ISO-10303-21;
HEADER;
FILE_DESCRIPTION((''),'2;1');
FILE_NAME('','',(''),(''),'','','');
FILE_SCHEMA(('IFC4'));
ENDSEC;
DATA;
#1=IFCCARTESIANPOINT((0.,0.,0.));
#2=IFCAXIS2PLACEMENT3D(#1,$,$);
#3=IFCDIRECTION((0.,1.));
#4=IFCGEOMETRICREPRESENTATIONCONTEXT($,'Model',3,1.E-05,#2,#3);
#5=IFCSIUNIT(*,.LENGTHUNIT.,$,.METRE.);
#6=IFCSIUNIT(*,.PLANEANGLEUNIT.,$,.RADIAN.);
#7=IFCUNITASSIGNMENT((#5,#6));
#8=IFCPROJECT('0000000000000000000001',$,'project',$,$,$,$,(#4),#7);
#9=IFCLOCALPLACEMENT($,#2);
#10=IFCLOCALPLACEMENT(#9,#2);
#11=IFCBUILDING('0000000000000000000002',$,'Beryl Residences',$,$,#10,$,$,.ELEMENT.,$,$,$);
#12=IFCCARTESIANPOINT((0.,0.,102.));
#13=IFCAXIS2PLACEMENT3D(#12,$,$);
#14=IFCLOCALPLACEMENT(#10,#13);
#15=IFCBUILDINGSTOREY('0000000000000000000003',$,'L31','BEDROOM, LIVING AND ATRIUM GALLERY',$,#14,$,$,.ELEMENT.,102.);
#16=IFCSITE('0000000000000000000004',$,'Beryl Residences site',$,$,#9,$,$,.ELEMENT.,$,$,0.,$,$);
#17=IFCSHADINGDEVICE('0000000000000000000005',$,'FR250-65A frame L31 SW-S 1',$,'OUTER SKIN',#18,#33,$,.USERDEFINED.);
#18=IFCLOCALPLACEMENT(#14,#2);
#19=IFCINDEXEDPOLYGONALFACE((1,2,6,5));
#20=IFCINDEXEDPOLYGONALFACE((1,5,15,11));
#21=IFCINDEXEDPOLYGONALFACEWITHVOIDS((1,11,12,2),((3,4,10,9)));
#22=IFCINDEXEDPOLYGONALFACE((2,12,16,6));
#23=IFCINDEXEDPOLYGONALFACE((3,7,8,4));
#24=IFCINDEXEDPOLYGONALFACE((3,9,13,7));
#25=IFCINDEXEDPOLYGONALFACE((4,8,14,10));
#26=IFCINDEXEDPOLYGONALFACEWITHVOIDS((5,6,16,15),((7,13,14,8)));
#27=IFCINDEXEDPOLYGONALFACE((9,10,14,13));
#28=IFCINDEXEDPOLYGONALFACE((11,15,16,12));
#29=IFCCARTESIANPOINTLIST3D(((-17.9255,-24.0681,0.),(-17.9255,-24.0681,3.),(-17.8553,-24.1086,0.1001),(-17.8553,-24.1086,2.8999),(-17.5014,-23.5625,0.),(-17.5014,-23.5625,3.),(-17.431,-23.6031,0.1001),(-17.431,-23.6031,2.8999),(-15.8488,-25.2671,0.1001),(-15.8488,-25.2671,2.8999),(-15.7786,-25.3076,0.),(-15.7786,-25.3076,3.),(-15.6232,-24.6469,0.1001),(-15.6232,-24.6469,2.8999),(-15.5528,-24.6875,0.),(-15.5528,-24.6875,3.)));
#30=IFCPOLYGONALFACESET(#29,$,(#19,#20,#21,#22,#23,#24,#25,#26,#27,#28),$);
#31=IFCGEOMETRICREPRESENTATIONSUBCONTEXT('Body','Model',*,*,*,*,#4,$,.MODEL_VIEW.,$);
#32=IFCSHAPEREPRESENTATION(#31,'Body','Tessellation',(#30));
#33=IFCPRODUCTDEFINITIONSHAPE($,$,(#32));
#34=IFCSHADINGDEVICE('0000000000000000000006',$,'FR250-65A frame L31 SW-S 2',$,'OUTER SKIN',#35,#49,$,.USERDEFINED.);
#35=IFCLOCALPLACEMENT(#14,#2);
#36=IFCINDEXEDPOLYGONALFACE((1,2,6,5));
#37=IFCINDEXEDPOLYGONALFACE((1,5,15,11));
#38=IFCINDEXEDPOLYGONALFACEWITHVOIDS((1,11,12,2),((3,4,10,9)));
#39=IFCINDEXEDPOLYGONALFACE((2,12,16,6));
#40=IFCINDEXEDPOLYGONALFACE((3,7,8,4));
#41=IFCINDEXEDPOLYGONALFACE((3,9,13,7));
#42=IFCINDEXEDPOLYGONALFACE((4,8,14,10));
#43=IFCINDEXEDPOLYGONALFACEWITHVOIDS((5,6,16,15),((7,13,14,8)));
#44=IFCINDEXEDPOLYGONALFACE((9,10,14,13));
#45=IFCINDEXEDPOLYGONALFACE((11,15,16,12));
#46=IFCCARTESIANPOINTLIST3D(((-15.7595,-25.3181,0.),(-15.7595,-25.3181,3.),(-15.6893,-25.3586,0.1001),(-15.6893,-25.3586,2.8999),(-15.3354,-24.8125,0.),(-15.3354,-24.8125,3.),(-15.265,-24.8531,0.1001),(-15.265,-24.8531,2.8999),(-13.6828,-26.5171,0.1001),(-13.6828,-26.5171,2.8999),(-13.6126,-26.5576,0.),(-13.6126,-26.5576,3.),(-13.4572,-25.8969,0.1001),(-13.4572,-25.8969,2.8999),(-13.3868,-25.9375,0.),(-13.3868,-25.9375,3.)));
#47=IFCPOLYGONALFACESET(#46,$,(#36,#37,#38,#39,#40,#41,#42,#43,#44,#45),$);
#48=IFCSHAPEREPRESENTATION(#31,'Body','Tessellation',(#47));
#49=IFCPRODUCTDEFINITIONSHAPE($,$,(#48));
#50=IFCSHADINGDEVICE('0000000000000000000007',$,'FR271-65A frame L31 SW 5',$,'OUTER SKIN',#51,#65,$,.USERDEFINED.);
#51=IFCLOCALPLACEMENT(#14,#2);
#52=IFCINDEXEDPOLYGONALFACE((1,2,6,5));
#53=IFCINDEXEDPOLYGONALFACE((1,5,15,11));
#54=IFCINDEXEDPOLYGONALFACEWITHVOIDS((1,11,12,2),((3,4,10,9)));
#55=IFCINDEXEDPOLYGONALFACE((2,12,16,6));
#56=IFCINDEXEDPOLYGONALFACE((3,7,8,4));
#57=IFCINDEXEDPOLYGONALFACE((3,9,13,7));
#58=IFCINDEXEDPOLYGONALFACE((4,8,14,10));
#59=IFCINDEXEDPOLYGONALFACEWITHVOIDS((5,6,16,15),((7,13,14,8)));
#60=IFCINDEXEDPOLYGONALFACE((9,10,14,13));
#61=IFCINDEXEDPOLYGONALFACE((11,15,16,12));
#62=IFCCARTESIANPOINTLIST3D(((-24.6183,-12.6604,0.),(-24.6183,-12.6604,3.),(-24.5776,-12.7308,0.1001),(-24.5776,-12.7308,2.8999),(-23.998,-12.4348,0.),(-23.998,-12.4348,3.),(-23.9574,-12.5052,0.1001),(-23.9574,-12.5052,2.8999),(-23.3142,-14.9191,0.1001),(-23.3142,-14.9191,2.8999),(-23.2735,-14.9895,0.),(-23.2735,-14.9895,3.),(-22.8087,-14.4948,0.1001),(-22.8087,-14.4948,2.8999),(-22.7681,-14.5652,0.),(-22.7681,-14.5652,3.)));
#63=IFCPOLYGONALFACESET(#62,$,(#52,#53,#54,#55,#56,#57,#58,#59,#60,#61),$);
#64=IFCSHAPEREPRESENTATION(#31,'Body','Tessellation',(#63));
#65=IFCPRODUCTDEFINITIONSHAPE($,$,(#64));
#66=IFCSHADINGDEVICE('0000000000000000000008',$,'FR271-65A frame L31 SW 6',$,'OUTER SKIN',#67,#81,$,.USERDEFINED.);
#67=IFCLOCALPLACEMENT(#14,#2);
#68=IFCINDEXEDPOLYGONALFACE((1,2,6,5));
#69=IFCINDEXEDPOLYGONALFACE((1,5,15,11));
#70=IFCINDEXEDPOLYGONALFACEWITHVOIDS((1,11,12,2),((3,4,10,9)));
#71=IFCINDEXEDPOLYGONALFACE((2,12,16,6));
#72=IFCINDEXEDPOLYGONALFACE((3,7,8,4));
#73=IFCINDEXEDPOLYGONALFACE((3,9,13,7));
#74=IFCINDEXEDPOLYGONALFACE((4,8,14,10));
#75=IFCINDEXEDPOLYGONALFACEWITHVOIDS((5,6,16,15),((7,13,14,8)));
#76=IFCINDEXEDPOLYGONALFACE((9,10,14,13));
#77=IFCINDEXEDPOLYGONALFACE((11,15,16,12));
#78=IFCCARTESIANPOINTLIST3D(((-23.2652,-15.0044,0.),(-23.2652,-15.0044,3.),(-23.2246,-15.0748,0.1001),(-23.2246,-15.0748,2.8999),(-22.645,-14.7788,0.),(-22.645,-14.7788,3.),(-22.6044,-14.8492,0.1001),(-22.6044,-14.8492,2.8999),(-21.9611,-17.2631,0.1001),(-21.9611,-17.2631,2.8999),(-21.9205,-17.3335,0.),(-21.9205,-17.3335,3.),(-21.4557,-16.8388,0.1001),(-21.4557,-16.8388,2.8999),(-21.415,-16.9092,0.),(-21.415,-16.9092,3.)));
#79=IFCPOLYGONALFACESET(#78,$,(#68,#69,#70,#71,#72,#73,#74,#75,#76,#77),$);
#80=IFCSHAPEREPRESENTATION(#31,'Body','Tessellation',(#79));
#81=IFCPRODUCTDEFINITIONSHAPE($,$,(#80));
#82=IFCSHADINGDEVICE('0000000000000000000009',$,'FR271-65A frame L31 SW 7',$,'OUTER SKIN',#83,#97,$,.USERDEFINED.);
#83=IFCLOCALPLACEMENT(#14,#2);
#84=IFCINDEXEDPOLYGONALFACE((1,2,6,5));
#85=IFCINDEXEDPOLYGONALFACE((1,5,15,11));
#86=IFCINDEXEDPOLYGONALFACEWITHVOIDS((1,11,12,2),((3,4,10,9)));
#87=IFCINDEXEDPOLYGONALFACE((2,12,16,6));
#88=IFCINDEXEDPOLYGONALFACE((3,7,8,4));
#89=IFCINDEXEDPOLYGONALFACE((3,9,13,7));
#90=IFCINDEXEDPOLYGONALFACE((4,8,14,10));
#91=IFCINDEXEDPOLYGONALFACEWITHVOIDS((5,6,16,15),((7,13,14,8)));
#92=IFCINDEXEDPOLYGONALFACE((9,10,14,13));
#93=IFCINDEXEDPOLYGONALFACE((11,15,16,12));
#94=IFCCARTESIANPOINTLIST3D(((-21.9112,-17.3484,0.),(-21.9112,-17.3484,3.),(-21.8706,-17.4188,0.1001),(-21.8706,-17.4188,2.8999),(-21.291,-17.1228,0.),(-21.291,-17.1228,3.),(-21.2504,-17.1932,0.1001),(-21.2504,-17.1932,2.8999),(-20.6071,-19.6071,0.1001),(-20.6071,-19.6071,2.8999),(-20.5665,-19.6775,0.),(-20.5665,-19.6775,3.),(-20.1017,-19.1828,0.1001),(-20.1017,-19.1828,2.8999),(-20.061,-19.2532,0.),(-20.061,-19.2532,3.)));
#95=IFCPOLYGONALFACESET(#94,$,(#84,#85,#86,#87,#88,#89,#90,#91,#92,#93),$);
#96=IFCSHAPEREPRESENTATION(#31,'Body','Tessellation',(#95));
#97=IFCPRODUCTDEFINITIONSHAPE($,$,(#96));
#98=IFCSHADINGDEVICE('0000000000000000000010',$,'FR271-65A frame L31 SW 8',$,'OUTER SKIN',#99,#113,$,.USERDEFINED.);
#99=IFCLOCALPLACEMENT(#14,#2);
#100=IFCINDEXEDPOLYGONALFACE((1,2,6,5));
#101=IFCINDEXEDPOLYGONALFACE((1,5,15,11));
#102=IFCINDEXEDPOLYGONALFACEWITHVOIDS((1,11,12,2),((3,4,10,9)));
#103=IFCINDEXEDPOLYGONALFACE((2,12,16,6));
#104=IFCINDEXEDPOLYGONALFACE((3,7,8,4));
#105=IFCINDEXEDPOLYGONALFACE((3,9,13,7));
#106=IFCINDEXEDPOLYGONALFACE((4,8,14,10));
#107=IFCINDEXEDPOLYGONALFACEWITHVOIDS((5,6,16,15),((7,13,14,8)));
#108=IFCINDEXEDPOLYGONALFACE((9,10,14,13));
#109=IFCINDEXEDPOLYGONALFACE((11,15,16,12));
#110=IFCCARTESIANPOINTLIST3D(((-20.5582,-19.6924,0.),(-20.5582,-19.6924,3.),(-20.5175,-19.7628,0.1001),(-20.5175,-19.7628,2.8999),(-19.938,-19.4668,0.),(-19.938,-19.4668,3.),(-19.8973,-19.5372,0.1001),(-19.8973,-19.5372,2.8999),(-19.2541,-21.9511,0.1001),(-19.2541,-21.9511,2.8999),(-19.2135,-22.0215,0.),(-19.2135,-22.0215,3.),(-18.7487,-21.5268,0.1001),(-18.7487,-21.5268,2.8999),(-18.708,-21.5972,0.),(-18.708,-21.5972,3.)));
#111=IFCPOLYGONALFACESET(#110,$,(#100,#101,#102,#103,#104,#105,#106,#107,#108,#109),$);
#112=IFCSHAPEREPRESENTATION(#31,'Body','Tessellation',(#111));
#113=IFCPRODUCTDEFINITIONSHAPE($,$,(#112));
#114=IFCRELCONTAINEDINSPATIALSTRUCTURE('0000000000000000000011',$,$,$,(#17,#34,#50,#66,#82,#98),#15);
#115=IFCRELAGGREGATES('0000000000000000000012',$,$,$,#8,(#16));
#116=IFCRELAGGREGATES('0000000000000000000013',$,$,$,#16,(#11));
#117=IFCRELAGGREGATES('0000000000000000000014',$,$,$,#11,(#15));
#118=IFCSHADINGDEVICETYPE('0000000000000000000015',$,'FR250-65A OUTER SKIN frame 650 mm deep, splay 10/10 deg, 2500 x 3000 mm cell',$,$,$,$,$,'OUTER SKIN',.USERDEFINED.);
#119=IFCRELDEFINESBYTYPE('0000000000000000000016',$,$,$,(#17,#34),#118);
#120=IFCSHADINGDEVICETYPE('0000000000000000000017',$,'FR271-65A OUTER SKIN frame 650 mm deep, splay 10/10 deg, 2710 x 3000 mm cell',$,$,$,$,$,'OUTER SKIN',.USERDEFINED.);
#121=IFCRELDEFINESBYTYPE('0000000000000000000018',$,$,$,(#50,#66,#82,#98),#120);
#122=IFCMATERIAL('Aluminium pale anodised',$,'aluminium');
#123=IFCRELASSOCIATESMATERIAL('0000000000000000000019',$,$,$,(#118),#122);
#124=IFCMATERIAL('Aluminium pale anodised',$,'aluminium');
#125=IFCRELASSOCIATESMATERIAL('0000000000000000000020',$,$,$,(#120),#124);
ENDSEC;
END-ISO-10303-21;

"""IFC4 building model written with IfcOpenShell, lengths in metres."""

from ifc_helpers import new_model, entity, si_unit, direction, frame, origin, place, context, subcontext, project, spatial, source, transform, mapped, material, type_object, type_shapes, element, save


model = new_model("IFC4")

# Units and contexts
model_context = context("Model", 3, precision=1e-05, world=origin(), true_north=direction((0.0, 1.0)))
body_context = subcontext(model_context, "Body", "Model", "MODEL_VIEW")
ifc_project = project(units=[si_unit("LENGTHUNIT", "METRE"), si_unit("PLANEANGLEUNIT", "RADIAN")], contexts=[model_context])

# Site, building, storey
site_placement = place(None, origin())
site = spatial("IfcSite", under=ifc_project, at=site_placement, Name="Beryl Residences site", CompositionType="ELEMENT", RefElevation=0.0)
building_placement = place(site_placement, origin())
building = spatial("IfcBuilding", under=site, at=building_placement, Name="Beryl Residences", CompositionType="ELEMENT")
storey_placement = place(building_placement, frame((0.0, 0.0, 102.0)))
storey = spatial("IfcBuildingStorey", under=building, at=storey_placement, Name="L31", Description="BEDROOM, LIVING AND ATRIUM GALLERY", CompositionType="ELEMENT", Elevation=102.0)

# Shading devices
ifc_material_1 = material(Name="Aluminium pale anodised", Category="aluminium")
shading_device_type_1 = type_object("IfcShadingDeviceType", Name="FR250-65A OUTER SKIN frame 650 mm deep, splay 10/10 deg, 2500 x 3000 mm cell", ElementType="OUTER SKIN", PredefinedType="USERDEFINED", material=ifc_material_1)
cartesian_point_1 = entity("IfcCartesianPoint", [-1.125, 0.0])
cartesian_point_2 = entity("IfcCartesianPoint", [-1.0437, 0.1001])
cartesian_point_3 = entity("IfcCartesianPoint", [-1.2395, 0.0])
cartesian_point_4 = entity("IfcCartesianPoint", [-1.1584, 0.1001])
shared_shape_1 = source(origin(), body_context, "Body", "SweptSolid", [
    entity("IfcExtrudedAreaSolidTapered", entity("IfcArbitraryProfileDefWithVoids", "AREA", None, entity("IfcPolyline", [cartesian_point_1, entity("IfcCartesianPoint", [1.125, 0.0]), entity("IfcCartesianPoint", [1.125, 3.0]), entity("IfcCartesianPoint", [-1.125, 3.0]), cartesian_point_1]), [entity("IfcPolyline", [cartesian_point_2, entity("IfcCartesianPoint", [1.0437, 0.1001]), entity("IfcCartesianPoint", [1.0437, 2.8999]), entity("IfcCartesianPoint", [-1.0437, 2.8999]), cartesian_point_2])]), entity("IfcAxis2Placement3D", entity("IfcCartesianPoint", [0.0, 0.0, 0.0]), entity("IfcDirection", [0.0, 1.0, 0.0]), entity("IfcDirection", [-1.0, 0.0, 0.0])), entity("IfcDirection", [0.0, 0.0, 1.0]), 0.6499, entity("IfcArbitraryProfileDefWithVoids", "AREA", None, entity("IfcPolyline", [cartesian_point_3, entity("IfcCartesianPoint", [1.2395, 0.0]), entity("IfcCartesianPoint", [1.2395, 3.0]), entity("IfcCartesianPoint", [-1.2395, 3.0]), cartesian_point_3]), [entity("IfcPolyline", [cartesian_point_4, entity("IfcCartesianPoint", [1.1584, 0.1001]), entity("IfcCartesianPoint", [1.1584, 2.8999]), entity("IfcCartesianPoint", [-1.1584, 2.8999]), cartesian_point_4])])),
])
type_shapes(shading_device_type_1, [shared_shape_1])
for number, where, z_axis, x_axis, name in (
    (1, (-16.5271, -24.125, 0.0), (0.0, 0.0, 1.0), (-0.866025, 0.5, 0.0), "FR250-65A frame L31 SW-S 1"),
    (2, (-14.3611, -25.375, 0.0), (0.0, 0.0, 1.0), (-0.866025, 0.5, 0.0), "FR250-65A frame L31 SW-S 2"),
):
    element("IfcShadingDevice", number, at=place(storey_placement, frame(where, z_axis=z_axis, x_axis=x_axis)), inside=storey, type_object=shading_device_type_1, Name=name, ObjectType="OUTER SKIN", PredefinedType="USERDEFINED", context=body_context, shape_type="MappedRepresentation", body=[
        mapped(shared_shape_1, transform((0.0, 0.0, 0.0))),
    ])
ifc_material_2 = material(Name="Aluminium pale anodised", Category="aluminium")
shading_device_type_2 = type_object("IfcShadingDeviceType", Name="FR271-65A OUTER SKIN frame 650 mm deep, splay 10/10 deg, 2710 x 3000 mm cell", ElementType="OUTER SKIN", PredefinedType="USERDEFINED", material=ifc_material_2)
cartesian_point_5 = entity("IfcCartesianPoint", [-1.23, 0.0])
cartesian_point_6 = entity("IfcCartesianPoint", [-1.1487, 0.1001])
cartesian_point_7 = entity("IfcCartesianPoint", [-1.3447, 0.0])
cartesian_point_8 = entity("IfcCartesianPoint", [-1.2634, 0.1001])
shared_shape_2 = source(origin(), body_context, "Body", "SweptSolid", [
    entity("IfcExtrudedAreaSolidTapered", entity("IfcArbitraryProfileDefWithVoids", "AREA", None, entity("IfcPolyline", [cartesian_point_5, entity("IfcCartesianPoint", [1.23, 0.0]), entity("IfcCartesianPoint", [1.23, 3.0]), entity("IfcCartesianPoint", [-1.23, 3.0]), cartesian_point_5]), [entity("IfcPolyline", [cartesian_point_6, entity("IfcCartesianPoint", [1.1487, 0.1001]), entity("IfcCartesianPoint", [1.1487, 2.8999]), entity("IfcCartesianPoint", [-1.1487, 2.8999]), cartesian_point_6])]), entity("IfcAxis2Placement3D", entity("IfcCartesianPoint", [0.0, 0.0, 0.0]), entity("IfcDirection", [0.0, 1.0, 0.0]), entity("IfcDirection", [-1.0, 0.0, 0.0])), entity("IfcDirection", [0.0, 0.0, 1.0]), 0.6499, entity("IfcArbitraryProfileDefWithVoids", "AREA", None, entity("IfcPolyline", [cartesian_point_7, entity("IfcCartesianPoint", [1.3447, 0.0]), entity("IfcCartesianPoint", [1.3447, 3.0]), entity("IfcCartesianPoint", [-1.3447, 3.0]), cartesian_point_7]), [entity("IfcPolyline", [cartesian_point_8, entity("IfcCartesianPoint", [1.2634, 0.1001]), entity("IfcCartesianPoint", [1.2634, 2.8999]), entity("IfcCartesianPoint", [-1.2634, 2.8999]), cartesian_point_8])])),
])
type_shapes(shading_device_type_2, [shared_shape_2])
for number, where, z_axis, x_axis, name in (
    (3, (-23.3831, -13.5, 0.0), (0.0, 0.0, 1.0), (-0.5, 0.866025, 0.0), "FR271-65A frame L31 SW 5"),
    (4, (-22.03, -15.844, 0.0), (0.0, 0.0, 1.0), (-0.5, 0.866025, 0.0), "FR271-65A frame L31 SW 6"),
    (5, (-20.676, -18.188, 0.0), (0.0, 0.0, 1.0), (-0.5, 0.866025, 0.0), "FR271-65A frame L31 SW 7"),
    (6, (-19.323, -20.532, 0.0), (0.0, 0.0, 1.0), (-0.5, 0.866025, 0.0), "FR271-65A frame L31 SW 8"),
):
    element("IfcShadingDevice", number, at=place(storey_placement, frame(where, z_axis=z_axis, x_axis=x_axis)), inside=storey, type_object=shading_device_type_2, Name=name, ObjectType="OUTER SKIN", PredefinedType="USERDEFINED", context=body_context, shape_type="MappedRepresentation", body=[
        mapped(shared_shape_2, transform((0.0, 0.0, 0.0))),
    ])

save(model, "model.ifc")
